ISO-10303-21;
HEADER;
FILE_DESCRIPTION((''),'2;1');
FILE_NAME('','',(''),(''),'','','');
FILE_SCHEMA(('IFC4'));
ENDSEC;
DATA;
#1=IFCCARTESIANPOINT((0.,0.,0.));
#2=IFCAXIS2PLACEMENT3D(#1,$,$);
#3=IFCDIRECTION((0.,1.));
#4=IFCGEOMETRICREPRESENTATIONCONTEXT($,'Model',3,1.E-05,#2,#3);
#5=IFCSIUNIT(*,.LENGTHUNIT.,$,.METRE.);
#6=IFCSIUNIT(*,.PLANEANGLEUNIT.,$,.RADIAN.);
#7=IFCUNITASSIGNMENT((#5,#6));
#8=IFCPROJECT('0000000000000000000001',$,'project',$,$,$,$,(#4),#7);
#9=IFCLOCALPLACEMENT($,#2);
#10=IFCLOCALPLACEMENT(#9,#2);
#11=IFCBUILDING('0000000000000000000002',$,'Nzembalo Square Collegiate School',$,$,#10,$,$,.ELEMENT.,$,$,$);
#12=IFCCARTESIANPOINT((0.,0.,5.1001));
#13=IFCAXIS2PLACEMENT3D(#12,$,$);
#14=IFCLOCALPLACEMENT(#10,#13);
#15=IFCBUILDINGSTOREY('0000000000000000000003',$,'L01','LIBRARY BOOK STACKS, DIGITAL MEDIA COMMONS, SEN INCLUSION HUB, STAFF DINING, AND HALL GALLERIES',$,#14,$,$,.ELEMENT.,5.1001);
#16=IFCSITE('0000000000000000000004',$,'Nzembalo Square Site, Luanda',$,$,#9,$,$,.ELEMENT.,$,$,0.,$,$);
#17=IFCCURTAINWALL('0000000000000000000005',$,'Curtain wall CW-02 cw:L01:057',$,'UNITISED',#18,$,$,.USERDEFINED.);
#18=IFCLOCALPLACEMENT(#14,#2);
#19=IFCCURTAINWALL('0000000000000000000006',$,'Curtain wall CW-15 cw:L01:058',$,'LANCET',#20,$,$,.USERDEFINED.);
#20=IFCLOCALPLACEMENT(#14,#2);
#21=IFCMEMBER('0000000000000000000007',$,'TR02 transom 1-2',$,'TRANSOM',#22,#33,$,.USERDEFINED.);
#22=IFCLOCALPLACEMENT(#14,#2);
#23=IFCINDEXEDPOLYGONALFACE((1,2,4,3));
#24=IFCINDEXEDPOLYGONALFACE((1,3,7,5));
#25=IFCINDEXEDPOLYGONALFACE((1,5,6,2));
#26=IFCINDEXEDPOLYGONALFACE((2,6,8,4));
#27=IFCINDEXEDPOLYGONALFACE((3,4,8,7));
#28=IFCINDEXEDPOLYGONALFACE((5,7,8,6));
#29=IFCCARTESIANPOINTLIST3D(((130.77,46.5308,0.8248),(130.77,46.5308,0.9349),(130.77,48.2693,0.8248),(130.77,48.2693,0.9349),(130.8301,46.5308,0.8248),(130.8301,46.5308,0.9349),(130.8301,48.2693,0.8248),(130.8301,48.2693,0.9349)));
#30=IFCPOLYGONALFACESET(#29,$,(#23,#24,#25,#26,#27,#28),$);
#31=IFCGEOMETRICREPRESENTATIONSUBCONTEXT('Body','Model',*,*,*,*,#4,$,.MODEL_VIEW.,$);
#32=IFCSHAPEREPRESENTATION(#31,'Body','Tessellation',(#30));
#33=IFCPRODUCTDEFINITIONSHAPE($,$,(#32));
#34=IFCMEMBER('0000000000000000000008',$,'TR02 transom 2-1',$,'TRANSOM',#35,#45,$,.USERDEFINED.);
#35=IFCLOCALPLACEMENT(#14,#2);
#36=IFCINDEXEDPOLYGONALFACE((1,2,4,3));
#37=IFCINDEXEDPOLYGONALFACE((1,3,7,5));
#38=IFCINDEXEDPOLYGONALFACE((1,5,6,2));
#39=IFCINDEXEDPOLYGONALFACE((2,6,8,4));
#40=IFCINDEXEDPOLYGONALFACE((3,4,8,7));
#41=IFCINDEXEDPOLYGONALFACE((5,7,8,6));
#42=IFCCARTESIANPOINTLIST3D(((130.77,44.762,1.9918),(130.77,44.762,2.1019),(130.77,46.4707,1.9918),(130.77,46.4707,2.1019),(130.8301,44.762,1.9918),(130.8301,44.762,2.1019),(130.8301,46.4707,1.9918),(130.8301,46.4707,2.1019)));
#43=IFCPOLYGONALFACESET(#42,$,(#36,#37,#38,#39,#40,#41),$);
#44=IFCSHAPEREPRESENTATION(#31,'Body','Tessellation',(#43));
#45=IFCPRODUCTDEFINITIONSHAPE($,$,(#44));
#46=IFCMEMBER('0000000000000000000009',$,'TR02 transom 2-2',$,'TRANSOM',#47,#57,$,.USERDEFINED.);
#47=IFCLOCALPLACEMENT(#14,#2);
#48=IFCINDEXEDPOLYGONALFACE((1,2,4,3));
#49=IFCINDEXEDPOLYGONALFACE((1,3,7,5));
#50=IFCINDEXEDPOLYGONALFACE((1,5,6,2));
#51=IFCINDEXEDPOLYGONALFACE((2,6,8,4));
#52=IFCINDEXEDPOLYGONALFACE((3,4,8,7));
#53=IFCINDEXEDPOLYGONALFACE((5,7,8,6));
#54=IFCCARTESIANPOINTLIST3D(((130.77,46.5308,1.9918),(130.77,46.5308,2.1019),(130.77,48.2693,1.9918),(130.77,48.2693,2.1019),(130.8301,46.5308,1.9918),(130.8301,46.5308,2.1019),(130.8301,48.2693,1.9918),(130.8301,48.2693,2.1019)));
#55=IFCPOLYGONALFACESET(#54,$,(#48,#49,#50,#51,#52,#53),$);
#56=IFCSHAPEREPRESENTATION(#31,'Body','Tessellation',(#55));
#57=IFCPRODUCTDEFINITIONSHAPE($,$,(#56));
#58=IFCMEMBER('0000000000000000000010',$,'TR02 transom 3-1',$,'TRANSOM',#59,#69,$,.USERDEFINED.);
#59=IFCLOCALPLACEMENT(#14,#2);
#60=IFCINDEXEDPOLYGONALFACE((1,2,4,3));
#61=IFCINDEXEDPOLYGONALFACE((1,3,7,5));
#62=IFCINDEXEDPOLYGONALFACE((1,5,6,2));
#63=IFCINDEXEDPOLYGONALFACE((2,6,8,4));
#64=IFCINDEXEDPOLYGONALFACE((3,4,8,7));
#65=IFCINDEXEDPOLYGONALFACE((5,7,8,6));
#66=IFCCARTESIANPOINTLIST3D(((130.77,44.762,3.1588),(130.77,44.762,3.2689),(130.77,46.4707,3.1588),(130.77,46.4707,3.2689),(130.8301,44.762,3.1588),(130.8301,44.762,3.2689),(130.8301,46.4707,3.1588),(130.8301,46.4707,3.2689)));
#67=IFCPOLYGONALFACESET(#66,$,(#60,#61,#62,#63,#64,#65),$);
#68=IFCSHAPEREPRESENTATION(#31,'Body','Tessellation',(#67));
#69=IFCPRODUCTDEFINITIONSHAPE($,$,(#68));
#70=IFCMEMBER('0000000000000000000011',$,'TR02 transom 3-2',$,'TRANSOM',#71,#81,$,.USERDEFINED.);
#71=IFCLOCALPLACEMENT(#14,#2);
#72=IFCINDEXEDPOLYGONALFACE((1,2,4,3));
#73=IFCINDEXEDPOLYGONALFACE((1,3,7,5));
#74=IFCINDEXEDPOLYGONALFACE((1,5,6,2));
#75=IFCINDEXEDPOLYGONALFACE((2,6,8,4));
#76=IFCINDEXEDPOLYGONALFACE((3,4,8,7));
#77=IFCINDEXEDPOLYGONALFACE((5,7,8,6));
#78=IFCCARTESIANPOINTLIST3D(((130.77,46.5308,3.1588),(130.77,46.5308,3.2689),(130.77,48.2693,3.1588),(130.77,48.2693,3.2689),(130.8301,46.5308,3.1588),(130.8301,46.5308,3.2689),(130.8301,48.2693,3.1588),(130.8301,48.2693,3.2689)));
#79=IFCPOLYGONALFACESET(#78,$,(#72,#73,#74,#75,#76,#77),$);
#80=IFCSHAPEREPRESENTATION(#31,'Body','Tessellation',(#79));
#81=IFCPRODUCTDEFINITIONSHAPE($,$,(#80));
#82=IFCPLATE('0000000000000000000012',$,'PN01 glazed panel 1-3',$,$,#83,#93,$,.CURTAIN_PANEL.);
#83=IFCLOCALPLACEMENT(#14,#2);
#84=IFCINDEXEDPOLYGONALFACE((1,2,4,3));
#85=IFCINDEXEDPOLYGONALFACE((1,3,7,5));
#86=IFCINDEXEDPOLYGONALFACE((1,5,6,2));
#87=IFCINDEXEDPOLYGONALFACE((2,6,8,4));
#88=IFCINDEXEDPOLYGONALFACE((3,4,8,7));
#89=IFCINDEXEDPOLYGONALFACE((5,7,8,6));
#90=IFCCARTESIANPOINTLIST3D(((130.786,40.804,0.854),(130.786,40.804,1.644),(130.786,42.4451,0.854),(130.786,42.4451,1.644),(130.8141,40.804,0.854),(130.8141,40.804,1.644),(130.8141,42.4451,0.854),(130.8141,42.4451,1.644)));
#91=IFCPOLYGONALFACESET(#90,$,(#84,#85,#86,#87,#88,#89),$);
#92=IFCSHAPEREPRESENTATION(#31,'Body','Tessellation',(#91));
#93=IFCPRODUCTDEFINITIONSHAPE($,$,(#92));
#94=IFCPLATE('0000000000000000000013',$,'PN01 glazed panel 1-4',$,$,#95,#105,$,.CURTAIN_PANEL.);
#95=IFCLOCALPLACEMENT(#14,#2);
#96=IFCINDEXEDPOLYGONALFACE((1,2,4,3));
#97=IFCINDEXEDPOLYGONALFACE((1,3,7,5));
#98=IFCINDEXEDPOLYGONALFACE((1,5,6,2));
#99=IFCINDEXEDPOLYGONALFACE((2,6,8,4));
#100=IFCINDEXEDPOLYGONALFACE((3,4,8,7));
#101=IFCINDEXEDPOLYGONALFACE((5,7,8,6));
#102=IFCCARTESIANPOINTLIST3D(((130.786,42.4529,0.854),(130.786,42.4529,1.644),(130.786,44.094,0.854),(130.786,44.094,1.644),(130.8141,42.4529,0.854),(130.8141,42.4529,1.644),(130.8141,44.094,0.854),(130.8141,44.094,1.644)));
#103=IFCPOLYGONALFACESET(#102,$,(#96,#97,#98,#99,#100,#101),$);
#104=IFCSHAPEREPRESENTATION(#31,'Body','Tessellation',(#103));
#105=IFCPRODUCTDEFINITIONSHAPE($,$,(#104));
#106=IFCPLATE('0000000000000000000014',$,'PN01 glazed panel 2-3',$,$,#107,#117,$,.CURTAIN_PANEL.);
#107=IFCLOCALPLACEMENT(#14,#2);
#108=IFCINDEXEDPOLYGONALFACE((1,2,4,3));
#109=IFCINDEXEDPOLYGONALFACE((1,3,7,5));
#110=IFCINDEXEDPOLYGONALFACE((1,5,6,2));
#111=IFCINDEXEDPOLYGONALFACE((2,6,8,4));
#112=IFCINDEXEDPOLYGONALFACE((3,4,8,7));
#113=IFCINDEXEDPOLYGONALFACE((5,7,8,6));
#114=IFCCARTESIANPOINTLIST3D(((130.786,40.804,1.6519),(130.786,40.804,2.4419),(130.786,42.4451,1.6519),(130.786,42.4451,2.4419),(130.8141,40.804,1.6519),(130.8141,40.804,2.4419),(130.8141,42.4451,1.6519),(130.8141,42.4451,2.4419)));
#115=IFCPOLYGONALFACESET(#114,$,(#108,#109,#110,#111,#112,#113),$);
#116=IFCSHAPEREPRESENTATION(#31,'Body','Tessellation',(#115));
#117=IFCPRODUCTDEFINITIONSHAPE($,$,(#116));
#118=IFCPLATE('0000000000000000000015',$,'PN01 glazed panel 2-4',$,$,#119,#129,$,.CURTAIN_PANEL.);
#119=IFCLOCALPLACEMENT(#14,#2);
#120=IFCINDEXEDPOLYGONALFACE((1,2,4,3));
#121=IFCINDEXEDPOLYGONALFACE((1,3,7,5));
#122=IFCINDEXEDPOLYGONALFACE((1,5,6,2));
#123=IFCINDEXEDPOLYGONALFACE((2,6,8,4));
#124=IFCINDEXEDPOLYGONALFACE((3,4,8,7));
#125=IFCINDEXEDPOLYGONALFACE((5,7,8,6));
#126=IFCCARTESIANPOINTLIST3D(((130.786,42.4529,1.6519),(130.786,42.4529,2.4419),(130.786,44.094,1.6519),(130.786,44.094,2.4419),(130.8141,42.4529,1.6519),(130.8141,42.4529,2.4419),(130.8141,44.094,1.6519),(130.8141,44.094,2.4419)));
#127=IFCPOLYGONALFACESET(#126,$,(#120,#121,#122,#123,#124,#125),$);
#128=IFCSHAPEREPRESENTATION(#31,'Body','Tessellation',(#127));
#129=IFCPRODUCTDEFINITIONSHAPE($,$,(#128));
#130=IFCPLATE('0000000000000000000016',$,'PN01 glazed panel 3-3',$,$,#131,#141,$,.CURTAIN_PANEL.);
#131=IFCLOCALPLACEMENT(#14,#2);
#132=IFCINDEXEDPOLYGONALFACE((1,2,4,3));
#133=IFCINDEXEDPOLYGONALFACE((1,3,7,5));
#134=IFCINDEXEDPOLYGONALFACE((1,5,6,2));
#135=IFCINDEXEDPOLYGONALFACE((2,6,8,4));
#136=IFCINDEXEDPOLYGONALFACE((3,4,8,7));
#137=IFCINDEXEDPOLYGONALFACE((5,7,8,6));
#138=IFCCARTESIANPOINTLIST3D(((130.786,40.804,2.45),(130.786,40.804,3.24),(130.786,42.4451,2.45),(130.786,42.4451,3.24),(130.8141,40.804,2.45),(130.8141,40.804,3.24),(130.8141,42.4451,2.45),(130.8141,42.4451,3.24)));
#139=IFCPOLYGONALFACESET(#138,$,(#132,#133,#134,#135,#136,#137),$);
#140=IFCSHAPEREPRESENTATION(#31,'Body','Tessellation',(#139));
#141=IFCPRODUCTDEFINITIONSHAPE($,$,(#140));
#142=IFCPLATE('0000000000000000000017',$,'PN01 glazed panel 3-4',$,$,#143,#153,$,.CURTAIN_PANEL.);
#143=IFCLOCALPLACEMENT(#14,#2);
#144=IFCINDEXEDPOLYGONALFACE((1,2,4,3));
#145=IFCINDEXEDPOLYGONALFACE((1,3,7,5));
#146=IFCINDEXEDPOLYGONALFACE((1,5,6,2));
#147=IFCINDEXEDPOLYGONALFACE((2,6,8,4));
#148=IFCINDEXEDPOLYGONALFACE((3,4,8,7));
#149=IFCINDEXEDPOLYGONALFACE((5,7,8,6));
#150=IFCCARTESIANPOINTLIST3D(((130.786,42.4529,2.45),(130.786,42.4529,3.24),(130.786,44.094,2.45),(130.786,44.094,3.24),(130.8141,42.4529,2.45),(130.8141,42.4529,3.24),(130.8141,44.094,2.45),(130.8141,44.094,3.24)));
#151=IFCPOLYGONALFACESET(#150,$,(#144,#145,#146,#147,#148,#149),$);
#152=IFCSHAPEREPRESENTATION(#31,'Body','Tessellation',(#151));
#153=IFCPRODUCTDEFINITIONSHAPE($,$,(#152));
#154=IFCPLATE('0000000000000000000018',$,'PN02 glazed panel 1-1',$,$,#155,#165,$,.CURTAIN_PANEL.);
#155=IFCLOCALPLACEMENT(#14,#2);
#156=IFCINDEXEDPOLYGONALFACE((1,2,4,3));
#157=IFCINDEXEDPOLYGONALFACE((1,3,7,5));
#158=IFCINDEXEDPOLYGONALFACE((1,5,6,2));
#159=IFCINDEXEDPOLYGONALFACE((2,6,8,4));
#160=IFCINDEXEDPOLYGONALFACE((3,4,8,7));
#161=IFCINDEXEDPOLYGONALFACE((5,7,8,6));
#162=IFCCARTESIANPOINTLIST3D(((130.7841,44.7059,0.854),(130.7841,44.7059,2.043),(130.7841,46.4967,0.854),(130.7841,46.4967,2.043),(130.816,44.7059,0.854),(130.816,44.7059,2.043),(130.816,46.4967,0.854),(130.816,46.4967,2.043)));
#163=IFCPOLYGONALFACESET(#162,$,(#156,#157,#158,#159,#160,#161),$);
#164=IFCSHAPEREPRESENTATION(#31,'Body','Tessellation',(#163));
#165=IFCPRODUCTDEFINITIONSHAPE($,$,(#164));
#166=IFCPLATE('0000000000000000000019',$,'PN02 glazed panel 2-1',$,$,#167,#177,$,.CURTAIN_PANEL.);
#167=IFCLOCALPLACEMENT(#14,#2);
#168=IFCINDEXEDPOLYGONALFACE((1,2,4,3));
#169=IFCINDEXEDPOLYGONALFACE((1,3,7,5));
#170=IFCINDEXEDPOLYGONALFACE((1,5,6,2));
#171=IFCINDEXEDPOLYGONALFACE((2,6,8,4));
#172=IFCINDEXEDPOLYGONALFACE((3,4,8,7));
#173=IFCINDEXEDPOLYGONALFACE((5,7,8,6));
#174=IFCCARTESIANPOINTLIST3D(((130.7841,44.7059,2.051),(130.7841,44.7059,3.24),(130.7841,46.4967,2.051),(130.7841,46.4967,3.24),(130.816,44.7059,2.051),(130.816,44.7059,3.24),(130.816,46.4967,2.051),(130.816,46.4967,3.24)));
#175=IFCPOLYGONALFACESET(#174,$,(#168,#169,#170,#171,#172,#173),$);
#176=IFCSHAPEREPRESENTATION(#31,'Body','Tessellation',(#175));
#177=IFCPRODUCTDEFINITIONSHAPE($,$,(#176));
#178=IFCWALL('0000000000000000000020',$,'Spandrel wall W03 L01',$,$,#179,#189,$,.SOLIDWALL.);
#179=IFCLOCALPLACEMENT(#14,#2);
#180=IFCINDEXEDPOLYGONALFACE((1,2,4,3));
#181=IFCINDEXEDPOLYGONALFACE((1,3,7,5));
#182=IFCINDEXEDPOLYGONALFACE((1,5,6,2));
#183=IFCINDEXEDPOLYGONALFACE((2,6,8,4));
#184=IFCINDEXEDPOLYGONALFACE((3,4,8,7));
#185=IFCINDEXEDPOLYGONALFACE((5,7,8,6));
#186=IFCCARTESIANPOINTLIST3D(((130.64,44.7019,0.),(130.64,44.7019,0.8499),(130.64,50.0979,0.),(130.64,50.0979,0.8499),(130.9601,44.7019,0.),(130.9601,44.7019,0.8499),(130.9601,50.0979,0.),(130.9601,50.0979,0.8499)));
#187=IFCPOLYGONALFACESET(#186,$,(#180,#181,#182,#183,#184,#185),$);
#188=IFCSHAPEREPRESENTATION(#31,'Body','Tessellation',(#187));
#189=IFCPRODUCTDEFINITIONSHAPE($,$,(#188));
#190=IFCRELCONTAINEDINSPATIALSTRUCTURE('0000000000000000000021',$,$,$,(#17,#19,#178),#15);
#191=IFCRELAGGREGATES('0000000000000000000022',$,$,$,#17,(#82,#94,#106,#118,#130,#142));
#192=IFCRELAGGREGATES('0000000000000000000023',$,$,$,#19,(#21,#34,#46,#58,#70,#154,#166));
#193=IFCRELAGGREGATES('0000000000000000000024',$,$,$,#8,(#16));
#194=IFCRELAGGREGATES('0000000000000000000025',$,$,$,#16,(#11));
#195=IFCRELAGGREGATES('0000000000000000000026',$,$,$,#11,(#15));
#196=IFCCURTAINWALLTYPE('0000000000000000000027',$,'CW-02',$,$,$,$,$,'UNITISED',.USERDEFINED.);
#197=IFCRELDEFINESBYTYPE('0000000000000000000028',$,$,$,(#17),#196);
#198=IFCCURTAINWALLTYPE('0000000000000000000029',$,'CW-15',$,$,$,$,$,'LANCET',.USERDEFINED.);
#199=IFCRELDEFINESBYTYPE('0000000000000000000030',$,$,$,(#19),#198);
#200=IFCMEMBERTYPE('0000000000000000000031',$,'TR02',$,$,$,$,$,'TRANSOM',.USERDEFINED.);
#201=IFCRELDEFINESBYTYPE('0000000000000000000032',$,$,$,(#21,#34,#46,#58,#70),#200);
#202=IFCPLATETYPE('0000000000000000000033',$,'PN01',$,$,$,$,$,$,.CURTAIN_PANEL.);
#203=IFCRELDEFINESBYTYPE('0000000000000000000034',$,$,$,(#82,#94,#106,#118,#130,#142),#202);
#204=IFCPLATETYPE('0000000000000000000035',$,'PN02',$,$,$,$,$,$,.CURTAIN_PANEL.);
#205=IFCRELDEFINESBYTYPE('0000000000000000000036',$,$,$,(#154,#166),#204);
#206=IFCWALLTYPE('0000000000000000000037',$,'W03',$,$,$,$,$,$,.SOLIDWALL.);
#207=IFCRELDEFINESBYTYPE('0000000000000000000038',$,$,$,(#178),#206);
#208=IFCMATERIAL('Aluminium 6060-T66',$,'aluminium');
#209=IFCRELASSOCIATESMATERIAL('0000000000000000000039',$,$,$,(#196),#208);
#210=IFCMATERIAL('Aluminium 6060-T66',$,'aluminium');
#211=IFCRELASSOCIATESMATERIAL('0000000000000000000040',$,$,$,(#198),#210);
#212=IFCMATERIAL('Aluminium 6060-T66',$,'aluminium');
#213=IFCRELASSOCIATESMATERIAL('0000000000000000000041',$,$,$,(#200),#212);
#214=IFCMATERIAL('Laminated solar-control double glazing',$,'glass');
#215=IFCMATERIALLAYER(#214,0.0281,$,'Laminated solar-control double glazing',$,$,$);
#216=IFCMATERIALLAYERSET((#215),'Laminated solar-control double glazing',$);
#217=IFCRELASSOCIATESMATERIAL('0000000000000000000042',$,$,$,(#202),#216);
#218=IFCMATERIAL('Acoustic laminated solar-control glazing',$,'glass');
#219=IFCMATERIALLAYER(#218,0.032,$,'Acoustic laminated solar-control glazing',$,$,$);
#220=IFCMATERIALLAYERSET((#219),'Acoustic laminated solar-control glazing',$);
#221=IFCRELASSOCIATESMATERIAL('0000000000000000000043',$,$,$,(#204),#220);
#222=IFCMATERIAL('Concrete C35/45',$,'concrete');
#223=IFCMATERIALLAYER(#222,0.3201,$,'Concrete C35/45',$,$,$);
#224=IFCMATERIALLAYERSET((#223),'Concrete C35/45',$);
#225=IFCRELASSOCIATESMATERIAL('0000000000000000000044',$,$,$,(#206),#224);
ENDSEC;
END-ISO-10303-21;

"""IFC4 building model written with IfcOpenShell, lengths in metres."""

from ifc_helpers import new_model, si_unit, direction, frame, frame_2d, origin, origin_2d, place, context, subcontext, project, spatial, rectangle, extrude, material, layer, layer_set, material_profile, profile_set, type_object, element, aggregate, save


model = new_model("IFC4")

# Units and contexts
model_context = context("Model", 3, precision=1e-05, world=origin(), true_north=direction((0.0, 1.0)))
body_context = subcontext(model_context, "Body", "Model", "MODEL_VIEW")
ifc_project = project(units=[si_unit("LENGTHUNIT", "METRE"), si_unit("PLANEANGLEUNIT", "RADIAN")], contexts=[model_context])

# Site, building, storey
site_placement = place(None, origin())
site = spatial("IfcSite", under=ifc_project, at=site_placement, Name="Nzembalo Square Site, Luanda", CompositionType="ELEMENT", RefElevation=0.0)
building_placement = place(site_placement, origin())
building = spatial("IfcBuilding", under=site, at=building_placement, Name="Nzembalo Square Collegiate School", CompositionType="ELEMENT")
storey_placement = place(building_placement, frame((0.0, 0.0, 5.1001)))
storey = spatial("IfcBuildingStorey", under=building, at=storey_placement, Name="L01", Description="LIBRARY BOOK STACKS, DIGITAL MEDIA COMMONS, SEN INCLUSION HUB, STAFF DINING, AND HALL GALLERIES", CompositionType="ELEMENT", Elevation=5.1001)

# Curtain walls
ifc_material_1 = material(Name="Aluminium 6060-T66", Category="aluminium")
curtain_wall_type_1 = type_object("IfcCurtainWallType", Name="CW-02", ElementType="UNITISED", PredefinedType="USERDEFINED", material=ifc_material_1)
curtain_wall_1_placement = place(storey_placement, origin())
curtain_wall_1 = element("IfcCurtainWall", 1, at=curtain_wall_1_placement, inside=storey, type_object=curtain_wall_type_1, Name="Curtain wall CW-02 cw:L01:057", ObjectType="UNITISED", PredefinedType="USERDEFINED")
ifc_material_2 = material(Name="Aluminium 6060-T66", Category="aluminium")
curtain_wall_type_2 = type_object("IfcCurtainWallType", Name="CW-15", ElementType="LANCET", PredefinedType="USERDEFINED", material=ifc_material_2)
curtain_wall_2_placement = place(storey_placement, origin())
curtain_wall_2 = element("IfcCurtainWall", 2, at=curtain_wall_2_placement, inside=storey, type_object=curtain_wall_type_2, Name="Curtain wall CW-15 cw:L01:058", ObjectType="LANCET", PredefinedType="USERDEFINED")

# Members
ifc_material_3 = material(Name="Aluminium 6060-T66", Category="aluminium")
ifc_material_profile_1 = material_profile(ifc_material_3, rectangle(XDim=0.0601, YDim=0.1101, at=origin_2d()), Name="ALU T60x110")
ifc_profile_set_1 = profile_set([ifc_material_profile_1], Name="Aluminium 6060-T66")
member_type_1 = type_object("IfcMemberType", Name="TR02", ElementType="TRANSOM", PredefinedType="USERDEFINED", material=ifc_profile_set_1)
member_1_placement = place(storey_placement, frame((130.8, 46.5308, 0.8799), z_axis=(0.0, 1.0, 0.0), x_axis=(-1.0, 0.0, 0.0)))
member_1 = element("IfcMember", 3, at=member_1_placement, type_object=member_type_1, Name="TR02 transom 1-2", ObjectType="TRANSOM", PredefinedType="USERDEFINED", context=body_context, shape_type="SweptSolid", body=[
    extrude(rectangle(XDim=0.0601, YDim=0.1101, at=origin_2d()), origin(), (0.0, 0.0, 1.0), 1.7385),
])
member_2_placement = place(storey_placement, frame((130.8, 44.762, 2.0469), z_axis=(0.0, 1.0, 0.0), x_axis=(-1.0, 0.0, 0.0)))
member_2 = element("IfcMember", 4, at=member_2_placement, type_object=member_type_1, Name="TR02 transom 2-1", ObjectType="TRANSOM", PredefinedType="USERDEFINED", context=body_context, shape_type="SweptSolid", body=[
    extrude(rectangle(XDim=0.0601, YDim=0.1101, at=origin_2d()), origin(), (0.0, 0.0, 1.0), 1.7087),
])
member_3_placement = place(storey_placement, frame((130.8, 46.5308, 2.0469), z_axis=(0.0, 1.0, 0.0), x_axis=(-1.0, 0.0, 0.0)))
member_3 = element("IfcMember", 5, at=member_3_placement, type_object=member_type_1, Name="TR02 transom 2-2", ObjectType="TRANSOM", PredefinedType="USERDEFINED", context=body_context, shape_type="SweptSolid", body=[
    extrude(rectangle(XDim=0.0601, YDim=0.1101, at=origin_2d()), origin(), (0.0, 0.0, 1.0), 1.7385),
])
member_4_placement = place(storey_placement, frame((130.8, 44.762, 3.2139), z_axis=(0.0, 1.0, 0.0), x_axis=(-1.0, 0.0, 0.0)))
member_4 = element("IfcMember", 6, at=member_4_placement, type_object=member_type_1, Name="TR02 transom 3-1", ObjectType="TRANSOM", PredefinedType="USERDEFINED", context=body_context, shape_type="SweptSolid", body=[
    extrude(rectangle(XDim=0.0601, YDim=0.1101, at=origin_2d()), origin(), (0.0, 0.0, 1.0), 1.7087),
])
member_5_placement = place(storey_placement, frame((130.8, 46.5308, 3.2139), z_axis=(0.0, 1.0, 0.0), x_axis=(-1.0, 0.0, 0.0)))
member_5 = element("IfcMember", 7, at=member_5_placement, type_object=member_type_1, Name="TR02 transom 3-2", ObjectType="TRANSOM", PredefinedType="USERDEFINED", context=body_context, shape_type="SweptSolid", body=[
    extrude(rectangle(XDim=0.0601, YDim=0.1101, at=origin_2d()), origin(), (0.0, 0.0, 1.0), 1.7385),
])

# Plates
ifc_material_4 = material(Name="Laminated solar-control double glazing", Category="glass")
ifc_layer_1 = layer(ifc_material_4, 0.0281, Name="Laminated solar-control double glazing")
ifc_layer_set_1 = layer_set([ifc_layer_1], Name="Laminated solar-control double glazing")
plate_type_1 = type_object("IfcPlateType", Name="PN01", PredefinedType="CURTAIN_PANEL", material=ifc_layer_set_1)
plate_1_placement = place(storey_placement, frame((130.8, 41.6245, 0.854), z_axis=(0.0, 0.0, 1.0), x_axis=(0.0, 1.0, 0.0)))
plate_1 = element("IfcPlate", 8, at=plate_1_placement, type_object=plate_type_1, Name="PN01 glazed panel 1-3", PredefinedType="CURTAIN_PANEL", context=body_context, shape_type="SweptSolid", body=[
    extrude(rectangle(XDim=1.6411, YDim=0.0281, at=origin_2d()), origin(), (0.0, 0.0, 1.0), 0.79),
])
plate_2_placement = place(storey_placement, frame((130.8, 43.2734, 0.854), z_axis=(0.0, 0.0, 1.0), x_axis=(0.0, 1.0, 0.0)))
plate_2 = element("IfcPlate", 9, at=plate_2_placement, type_object=plate_type_1, Name="PN01 glazed panel 1-4", PredefinedType="CURTAIN_PANEL", context=body_context, shape_type="SweptSolid", body=[
    extrude(rectangle(XDim=1.6411, YDim=0.0281, at=origin_2d()), origin(), (0.0, 0.0, 1.0), 0.79),
])
plate_3_placement = place(storey_placement, frame((130.8, 41.6245, 1.6519), z_axis=(0.0, 0.0, 1.0), x_axis=(0.0, 1.0, 0.0)))
plate_3 = element("IfcPlate", 10, at=plate_3_placement, type_object=plate_type_1, Name="PN01 glazed panel 2-3", PredefinedType="CURTAIN_PANEL", context=body_context, shape_type="SweptSolid", body=[
    extrude(rectangle(XDim=1.6411, YDim=0.0281, at=origin_2d()), origin(), (0.0, 0.0, 1.0), 0.79),
])
plate_4_placement = place(storey_placement, frame((130.8, 43.2734, 1.6519), z_axis=(0.0, 0.0, 1.0), x_axis=(0.0, 1.0, 0.0)))
plate_4 = element("IfcPlate", 11, at=plate_4_placement, type_object=plate_type_1, Name="PN01 glazed panel 2-4", PredefinedType="CURTAIN_PANEL", context=body_context, shape_type="SweptSolid", body=[
    extrude(rectangle(XDim=1.6411, YDim=0.0281, at=origin_2d()), origin(), (0.0, 0.0, 1.0), 0.79),
])
plate_5_placement = place(storey_placement, frame((130.8, 41.6245, 2.45), z_axis=(0.0, 0.0, 1.0), x_axis=(0.0, 1.0, 0.0)))
plate_5 = element("IfcPlate", 12, at=plate_5_placement, type_object=plate_type_1, Name="PN01 glazed panel 3-3", PredefinedType="CURTAIN_PANEL", context=body_context, shape_type="SweptSolid", body=[
    extrude(rectangle(XDim=1.6411, YDim=0.0281, at=origin_2d()), origin(), (0.0, 0.0, 1.0), 0.79),
])
plate_6_placement = place(storey_placement, frame((130.8, 43.2734, 2.45), z_axis=(0.0, 0.0, 1.0), x_axis=(0.0, 1.0, 0.0)))
plate_6 = element("IfcPlate", 13, at=plate_6_placement, type_object=plate_type_1, Name="PN01 glazed panel 3-4", PredefinedType="CURTAIN_PANEL", context=body_context, shape_type="SweptSolid", body=[
    extrude(rectangle(XDim=1.6411, YDim=0.0281, at=origin_2d()), origin(), (0.0, 0.0, 1.0), 0.79),
])
aggregate(curtain_wall_1, [plate_1, plate_2, plate_3, plate_4, plate_5, plate_6])
ifc_material_5 = material(Name="Acoustic laminated solar-control glazing", Category="glass")
ifc_layer_2 = layer(ifc_material_5, 0.032, Name="Acoustic laminated solar-control glazing")
ifc_layer_set_2 = layer_set([ifc_layer_2], Name="Acoustic laminated solar-control glazing")
plate_type_2 = type_object("IfcPlateType", Name="PN02", PredefinedType="CURTAIN_PANEL", material=ifc_layer_set_2)
plate_7_placement = place(storey_placement, frame((130.8, 45.6013, 0.854), z_axis=(0.0, 0.0, 1.0), x_axis=(0.0, 1.0, 0.0)))
plate_7 = element("IfcPlate", 14, at=plate_7_placement, type_object=plate_type_2, Name="PN02 glazed panel 1-1", PredefinedType="CURTAIN_PANEL", context=body_context, shape_type="SweptSolid", body=[
    extrude(rectangle(XDim=1.7908, YDim=0.032, at=origin_2d()), origin(), (0.0, 0.0, 1.0), 1.189),
])
plate_8_placement = place(storey_placement, frame((130.8, 45.6013, 2.051), z_axis=(0.0, 0.0, 1.0), x_axis=(0.0, 1.0, 0.0)))
plate_8 = element("IfcPlate", 15, at=plate_8_placement, type_object=plate_type_2, Name="PN02 glazed panel 2-1", PredefinedType="CURTAIN_PANEL", context=body_context, shape_type="SweptSolid", body=[
    extrude(rectangle(XDim=1.7908, YDim=0.032, at=origin_2d()), origin(), (0.0, 0.0, 1.0), 1.189),
])
aggregate(curtain_wall_2, [member_1, member_2, member_3, member_4, member_5, plate_7, plate_8])

# Wall
ifc_material_6 = material(Name="Concrete C35/45", Category="concrete")
ifc_layer_3 = layer(ifc_material_6, 0.3201, Name="Concrete C35/45")
ifc_layer_set_3 = layer_set([ifc_layer_3], Name="Concrete C35/45")
wall_type = type_object("IfcWallType", Name="W03", PredefinedType="SOLIDWALL", material=ifc_layer_set_3)
wall_placement = place(storey_placement, frame((130.8, 44.7019, 0.0), z_axis=(0.0, 0.0, 1.0), x_axis=(0.0, 1.0, 0.0)))
element("IfcWall", 16, at=wall_placement, inside=storey, type_object=wall_type, Name="Spandrel wall W03 L01", PredefinedType="SOLIDWALL", context=body_context, shape_type="SweptSolid", body=[
    extrude(rectangle(XDim=5.396, YDim=0.3201, at=frame_2d((2.698, 0.0))), origin(), (0.0, 0.0, 1.0), 0.8499),
])

save(model, "model.ifc")
